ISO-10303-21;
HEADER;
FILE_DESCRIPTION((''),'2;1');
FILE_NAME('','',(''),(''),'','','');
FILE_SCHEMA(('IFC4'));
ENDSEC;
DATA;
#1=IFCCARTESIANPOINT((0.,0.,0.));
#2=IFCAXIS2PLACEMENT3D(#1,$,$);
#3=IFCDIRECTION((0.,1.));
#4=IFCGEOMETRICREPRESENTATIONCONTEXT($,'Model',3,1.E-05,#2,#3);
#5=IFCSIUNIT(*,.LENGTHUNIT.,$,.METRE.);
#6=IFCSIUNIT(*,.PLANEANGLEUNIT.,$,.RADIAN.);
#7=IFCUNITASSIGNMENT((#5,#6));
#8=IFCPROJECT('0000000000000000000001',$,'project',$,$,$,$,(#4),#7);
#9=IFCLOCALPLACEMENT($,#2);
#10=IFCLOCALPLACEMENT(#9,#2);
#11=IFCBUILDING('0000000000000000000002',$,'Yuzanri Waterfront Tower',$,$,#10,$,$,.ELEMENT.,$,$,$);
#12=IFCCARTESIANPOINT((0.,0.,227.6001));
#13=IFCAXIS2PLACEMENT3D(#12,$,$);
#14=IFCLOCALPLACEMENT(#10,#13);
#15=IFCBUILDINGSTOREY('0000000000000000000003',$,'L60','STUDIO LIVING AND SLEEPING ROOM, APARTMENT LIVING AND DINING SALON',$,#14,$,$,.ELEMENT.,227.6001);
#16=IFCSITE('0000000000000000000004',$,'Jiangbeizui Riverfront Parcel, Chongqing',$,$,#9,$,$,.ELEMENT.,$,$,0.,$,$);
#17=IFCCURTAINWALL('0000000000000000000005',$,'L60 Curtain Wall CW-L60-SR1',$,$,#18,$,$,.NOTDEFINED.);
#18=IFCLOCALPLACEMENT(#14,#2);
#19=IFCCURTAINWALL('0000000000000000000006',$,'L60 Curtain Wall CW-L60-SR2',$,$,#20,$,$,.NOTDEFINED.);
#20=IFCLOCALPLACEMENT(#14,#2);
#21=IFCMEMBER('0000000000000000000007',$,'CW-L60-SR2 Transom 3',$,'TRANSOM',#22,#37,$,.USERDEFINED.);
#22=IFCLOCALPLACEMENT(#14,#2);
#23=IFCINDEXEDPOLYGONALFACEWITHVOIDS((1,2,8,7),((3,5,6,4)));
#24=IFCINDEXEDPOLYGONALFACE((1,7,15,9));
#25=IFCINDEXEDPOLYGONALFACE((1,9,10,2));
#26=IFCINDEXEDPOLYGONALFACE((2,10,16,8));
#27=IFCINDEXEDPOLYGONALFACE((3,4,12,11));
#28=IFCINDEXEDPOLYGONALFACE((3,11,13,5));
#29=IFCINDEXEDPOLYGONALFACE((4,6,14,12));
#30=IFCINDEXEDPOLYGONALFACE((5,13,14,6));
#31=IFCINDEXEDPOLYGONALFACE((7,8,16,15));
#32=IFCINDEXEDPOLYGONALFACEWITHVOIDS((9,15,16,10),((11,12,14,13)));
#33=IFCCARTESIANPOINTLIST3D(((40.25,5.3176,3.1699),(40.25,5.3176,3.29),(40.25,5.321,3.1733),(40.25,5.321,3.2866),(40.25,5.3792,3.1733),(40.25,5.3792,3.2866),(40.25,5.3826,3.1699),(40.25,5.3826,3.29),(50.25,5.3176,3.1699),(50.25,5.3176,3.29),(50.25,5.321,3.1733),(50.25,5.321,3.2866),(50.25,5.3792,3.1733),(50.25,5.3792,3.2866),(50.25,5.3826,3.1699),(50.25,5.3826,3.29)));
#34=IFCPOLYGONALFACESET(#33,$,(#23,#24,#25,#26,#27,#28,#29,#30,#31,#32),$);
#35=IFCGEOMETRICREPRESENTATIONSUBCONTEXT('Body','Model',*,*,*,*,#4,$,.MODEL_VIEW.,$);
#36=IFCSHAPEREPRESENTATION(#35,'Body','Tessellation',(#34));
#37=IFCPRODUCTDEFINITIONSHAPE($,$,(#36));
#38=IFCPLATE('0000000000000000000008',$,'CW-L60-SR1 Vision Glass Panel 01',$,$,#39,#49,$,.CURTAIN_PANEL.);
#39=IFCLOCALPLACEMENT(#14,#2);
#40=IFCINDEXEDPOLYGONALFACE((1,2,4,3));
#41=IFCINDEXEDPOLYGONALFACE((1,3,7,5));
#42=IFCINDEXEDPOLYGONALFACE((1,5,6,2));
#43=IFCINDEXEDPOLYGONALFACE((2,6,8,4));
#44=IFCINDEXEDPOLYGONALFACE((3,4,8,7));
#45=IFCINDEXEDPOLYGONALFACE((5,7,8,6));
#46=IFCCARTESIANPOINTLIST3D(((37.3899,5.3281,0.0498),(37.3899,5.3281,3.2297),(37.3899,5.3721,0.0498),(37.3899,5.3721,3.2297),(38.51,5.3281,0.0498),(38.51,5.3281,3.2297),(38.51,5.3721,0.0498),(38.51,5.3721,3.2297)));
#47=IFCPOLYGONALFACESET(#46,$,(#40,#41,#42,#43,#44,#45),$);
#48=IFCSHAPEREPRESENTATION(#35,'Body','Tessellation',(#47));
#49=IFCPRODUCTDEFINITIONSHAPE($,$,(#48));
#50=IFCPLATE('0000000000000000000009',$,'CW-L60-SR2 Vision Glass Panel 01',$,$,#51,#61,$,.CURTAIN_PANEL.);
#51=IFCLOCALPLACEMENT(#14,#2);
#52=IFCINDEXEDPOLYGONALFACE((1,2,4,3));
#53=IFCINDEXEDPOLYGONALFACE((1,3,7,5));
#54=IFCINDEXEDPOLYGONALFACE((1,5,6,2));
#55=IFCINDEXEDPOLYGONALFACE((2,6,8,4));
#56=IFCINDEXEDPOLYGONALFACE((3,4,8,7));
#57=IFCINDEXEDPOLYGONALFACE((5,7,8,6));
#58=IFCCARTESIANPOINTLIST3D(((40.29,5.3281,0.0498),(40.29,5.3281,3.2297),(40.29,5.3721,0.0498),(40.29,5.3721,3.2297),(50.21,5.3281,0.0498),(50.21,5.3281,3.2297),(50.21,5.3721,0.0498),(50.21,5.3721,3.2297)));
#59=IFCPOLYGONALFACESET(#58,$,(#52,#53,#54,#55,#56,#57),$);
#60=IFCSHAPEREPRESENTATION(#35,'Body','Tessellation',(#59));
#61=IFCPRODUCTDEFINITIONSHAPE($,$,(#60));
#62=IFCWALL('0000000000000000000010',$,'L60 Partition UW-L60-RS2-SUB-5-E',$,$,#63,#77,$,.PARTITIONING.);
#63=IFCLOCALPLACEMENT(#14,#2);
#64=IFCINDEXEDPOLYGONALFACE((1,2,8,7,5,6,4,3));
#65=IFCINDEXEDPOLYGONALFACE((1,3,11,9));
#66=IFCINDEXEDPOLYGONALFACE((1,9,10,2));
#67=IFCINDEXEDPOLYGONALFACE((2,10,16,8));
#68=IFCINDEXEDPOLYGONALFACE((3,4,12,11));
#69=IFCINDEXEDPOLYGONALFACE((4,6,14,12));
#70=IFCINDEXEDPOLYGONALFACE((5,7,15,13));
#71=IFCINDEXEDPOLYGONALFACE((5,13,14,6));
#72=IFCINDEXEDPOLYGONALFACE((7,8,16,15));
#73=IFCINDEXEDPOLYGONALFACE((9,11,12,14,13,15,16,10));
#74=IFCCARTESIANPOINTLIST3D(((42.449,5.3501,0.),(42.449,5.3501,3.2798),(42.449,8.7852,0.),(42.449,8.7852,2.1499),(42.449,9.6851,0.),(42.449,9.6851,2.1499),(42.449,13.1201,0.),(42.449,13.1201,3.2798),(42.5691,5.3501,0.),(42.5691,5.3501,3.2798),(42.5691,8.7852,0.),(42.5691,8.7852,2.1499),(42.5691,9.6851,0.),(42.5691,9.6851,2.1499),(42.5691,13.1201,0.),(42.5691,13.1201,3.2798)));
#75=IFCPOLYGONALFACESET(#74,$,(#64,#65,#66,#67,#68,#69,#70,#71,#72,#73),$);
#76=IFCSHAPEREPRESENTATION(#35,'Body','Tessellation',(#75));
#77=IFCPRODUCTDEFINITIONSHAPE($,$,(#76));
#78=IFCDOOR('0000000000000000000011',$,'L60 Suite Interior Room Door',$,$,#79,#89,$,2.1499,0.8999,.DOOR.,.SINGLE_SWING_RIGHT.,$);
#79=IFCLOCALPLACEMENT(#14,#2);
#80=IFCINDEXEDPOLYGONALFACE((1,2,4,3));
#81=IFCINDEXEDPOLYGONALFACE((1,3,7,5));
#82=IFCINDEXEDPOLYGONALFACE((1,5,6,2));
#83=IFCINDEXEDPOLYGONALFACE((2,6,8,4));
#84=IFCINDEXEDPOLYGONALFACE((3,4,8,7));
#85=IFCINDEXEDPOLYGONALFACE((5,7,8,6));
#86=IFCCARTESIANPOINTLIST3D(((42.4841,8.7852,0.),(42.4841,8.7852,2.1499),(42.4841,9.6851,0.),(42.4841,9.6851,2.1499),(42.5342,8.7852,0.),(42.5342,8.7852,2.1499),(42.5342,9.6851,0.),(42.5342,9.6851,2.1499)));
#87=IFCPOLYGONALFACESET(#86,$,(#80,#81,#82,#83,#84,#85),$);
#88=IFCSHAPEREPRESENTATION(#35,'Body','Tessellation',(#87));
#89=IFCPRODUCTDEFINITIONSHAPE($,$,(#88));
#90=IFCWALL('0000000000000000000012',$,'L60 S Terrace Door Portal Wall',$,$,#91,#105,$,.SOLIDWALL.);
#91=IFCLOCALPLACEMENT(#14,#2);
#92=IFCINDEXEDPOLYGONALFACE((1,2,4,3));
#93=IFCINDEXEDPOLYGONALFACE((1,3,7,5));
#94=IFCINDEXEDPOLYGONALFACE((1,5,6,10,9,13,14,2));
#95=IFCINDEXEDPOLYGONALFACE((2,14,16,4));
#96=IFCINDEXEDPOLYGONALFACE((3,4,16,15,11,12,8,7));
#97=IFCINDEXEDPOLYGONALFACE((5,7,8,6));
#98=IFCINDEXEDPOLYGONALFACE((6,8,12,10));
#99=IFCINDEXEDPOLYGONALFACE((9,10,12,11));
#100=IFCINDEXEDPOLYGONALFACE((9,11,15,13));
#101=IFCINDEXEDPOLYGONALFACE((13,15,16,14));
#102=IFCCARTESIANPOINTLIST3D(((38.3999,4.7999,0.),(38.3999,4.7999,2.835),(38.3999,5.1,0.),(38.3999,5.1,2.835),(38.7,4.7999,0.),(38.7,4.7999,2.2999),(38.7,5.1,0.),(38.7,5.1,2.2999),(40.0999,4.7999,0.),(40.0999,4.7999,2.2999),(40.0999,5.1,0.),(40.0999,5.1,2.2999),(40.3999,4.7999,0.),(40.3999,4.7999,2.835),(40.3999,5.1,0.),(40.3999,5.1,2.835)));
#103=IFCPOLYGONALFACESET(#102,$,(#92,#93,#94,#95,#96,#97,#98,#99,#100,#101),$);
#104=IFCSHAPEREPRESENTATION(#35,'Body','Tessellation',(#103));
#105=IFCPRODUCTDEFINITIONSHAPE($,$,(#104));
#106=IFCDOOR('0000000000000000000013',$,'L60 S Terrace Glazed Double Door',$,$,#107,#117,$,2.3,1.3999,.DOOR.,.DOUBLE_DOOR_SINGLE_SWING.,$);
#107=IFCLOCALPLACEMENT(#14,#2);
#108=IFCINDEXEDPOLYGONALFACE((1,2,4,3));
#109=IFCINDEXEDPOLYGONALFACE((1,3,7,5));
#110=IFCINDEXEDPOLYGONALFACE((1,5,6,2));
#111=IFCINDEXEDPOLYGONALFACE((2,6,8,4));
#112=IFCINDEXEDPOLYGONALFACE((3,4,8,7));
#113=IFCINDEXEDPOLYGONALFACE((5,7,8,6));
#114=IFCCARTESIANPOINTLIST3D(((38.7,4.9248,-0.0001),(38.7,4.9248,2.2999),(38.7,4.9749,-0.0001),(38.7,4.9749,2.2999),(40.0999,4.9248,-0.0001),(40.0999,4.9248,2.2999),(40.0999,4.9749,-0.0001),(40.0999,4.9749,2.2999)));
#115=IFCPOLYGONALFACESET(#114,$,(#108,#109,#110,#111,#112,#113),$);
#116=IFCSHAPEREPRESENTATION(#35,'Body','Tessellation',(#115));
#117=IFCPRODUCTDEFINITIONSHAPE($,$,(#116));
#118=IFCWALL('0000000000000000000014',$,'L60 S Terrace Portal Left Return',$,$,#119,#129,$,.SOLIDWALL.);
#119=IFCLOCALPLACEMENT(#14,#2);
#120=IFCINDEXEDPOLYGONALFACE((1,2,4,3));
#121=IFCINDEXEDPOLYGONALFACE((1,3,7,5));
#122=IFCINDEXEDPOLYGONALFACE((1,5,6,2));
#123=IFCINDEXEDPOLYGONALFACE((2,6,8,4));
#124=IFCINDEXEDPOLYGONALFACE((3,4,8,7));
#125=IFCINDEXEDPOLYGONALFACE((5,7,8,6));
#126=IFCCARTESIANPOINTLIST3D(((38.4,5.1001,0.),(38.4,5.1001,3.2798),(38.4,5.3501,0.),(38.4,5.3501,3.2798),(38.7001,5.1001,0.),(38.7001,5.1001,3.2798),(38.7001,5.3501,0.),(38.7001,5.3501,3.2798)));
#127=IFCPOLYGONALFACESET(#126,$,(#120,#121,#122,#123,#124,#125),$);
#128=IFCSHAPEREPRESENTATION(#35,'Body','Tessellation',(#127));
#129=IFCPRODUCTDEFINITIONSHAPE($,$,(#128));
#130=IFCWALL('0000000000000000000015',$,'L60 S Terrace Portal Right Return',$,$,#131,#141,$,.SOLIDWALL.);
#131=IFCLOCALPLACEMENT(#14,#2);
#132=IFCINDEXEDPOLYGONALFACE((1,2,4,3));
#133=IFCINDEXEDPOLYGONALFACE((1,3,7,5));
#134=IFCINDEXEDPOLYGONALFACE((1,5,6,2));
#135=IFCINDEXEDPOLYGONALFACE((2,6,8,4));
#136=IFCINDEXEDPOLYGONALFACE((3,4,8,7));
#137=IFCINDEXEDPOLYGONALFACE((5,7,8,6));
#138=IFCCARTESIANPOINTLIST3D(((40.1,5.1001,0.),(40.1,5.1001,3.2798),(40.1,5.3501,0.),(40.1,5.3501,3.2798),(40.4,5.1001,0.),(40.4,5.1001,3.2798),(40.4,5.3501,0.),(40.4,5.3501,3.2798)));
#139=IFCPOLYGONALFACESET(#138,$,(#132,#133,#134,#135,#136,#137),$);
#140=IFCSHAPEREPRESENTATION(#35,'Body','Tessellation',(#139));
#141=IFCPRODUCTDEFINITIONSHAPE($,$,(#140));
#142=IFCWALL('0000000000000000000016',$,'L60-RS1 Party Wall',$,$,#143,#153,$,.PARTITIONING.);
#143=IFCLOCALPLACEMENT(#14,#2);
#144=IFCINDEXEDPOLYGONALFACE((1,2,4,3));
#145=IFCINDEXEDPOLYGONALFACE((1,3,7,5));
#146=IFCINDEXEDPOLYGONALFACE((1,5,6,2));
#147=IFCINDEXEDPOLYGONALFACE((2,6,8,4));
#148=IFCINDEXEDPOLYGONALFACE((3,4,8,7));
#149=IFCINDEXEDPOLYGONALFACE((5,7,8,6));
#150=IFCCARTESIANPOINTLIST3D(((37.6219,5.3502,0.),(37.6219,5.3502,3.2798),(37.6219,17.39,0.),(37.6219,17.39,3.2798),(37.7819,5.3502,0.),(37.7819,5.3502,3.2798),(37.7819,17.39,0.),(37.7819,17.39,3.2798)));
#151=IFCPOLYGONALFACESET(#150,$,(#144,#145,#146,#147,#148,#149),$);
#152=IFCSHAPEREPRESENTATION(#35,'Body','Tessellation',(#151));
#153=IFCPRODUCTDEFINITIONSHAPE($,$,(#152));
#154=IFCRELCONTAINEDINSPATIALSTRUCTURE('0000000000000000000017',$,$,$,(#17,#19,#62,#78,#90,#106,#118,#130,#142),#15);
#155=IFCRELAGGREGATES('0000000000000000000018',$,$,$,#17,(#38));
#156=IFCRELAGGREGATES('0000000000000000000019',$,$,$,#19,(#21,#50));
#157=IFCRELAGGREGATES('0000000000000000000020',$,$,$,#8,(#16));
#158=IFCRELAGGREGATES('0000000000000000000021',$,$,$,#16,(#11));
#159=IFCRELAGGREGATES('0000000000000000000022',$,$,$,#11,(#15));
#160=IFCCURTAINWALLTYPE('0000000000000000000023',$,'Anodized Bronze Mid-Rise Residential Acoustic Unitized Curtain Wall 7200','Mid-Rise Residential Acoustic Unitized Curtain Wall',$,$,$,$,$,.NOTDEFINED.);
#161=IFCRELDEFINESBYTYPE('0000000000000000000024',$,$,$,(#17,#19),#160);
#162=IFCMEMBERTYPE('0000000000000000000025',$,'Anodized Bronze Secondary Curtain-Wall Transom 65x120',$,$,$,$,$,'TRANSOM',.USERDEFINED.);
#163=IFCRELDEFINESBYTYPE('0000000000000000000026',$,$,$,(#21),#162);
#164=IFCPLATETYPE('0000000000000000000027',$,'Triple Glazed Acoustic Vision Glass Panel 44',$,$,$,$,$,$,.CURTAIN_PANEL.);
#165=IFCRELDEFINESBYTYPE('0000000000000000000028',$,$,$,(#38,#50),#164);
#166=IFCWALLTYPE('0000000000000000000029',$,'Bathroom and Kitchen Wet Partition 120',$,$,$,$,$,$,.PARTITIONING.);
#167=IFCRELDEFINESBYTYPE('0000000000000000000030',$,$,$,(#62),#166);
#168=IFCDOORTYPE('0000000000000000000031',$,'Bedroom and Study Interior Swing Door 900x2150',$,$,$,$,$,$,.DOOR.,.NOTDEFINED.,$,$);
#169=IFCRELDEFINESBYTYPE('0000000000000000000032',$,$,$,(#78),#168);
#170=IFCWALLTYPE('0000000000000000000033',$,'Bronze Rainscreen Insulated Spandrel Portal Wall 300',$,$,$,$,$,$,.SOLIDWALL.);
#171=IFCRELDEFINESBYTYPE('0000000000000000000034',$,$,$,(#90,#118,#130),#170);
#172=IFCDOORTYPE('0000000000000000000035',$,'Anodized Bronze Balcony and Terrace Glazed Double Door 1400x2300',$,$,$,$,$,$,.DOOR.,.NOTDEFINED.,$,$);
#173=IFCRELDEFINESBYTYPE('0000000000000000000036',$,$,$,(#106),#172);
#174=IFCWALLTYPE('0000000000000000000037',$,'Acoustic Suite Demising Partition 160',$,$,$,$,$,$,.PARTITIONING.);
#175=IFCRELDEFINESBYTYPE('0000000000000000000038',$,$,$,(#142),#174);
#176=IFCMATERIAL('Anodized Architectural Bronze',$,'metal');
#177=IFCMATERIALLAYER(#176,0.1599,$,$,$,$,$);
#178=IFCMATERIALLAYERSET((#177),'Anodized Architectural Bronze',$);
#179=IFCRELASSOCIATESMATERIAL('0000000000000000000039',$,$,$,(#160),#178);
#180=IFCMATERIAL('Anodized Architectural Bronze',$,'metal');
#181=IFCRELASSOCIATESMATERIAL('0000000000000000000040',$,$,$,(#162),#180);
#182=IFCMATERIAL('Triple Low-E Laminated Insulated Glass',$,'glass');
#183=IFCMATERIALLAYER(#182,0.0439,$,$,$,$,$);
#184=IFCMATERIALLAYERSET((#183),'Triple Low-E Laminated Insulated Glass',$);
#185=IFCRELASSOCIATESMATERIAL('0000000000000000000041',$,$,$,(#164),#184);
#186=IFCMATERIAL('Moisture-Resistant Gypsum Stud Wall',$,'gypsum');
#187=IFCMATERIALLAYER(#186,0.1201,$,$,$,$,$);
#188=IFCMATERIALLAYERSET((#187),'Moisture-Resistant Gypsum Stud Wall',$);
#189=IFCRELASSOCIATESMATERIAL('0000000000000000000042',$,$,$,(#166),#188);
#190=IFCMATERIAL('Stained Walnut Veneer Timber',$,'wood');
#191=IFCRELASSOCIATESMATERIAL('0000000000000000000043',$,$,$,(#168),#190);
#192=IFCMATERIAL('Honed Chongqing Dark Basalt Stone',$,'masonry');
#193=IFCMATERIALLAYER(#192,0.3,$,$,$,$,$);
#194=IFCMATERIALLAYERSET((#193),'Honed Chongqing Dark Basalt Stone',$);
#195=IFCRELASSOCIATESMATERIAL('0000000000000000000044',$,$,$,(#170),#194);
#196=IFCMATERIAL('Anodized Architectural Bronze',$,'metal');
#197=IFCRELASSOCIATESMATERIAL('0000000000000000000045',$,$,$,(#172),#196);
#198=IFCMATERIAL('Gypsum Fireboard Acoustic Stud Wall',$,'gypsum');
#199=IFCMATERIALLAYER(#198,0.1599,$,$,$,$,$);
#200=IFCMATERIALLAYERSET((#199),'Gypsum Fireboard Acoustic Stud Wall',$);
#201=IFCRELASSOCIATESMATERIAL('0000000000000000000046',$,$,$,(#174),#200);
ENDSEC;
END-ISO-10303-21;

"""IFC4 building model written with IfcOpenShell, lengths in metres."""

from ifc_helpers import new_model, si_unit, direction, frame, frame_2d, origin, origin_2d, place, context, subcontext, project, spatial, rectangle, hollow_rectangle, extrude, source, transform, mapped, material, layer, layer_set, material_profile, profile_set, type_object, element, fill, aggregate, save


model = new_model("IFC4")

# Units and contexts
model_context = context("Model", 3, precision=1e-05, world=origin(), true_north=direction((0.0, 1.0)))
body_context = subcontext(model_context, "Body", "Model", "MODEL_VIEW")
ifc_project = project(units=[si_unit("LENGTHUNIT", "METRE"), si_unit("PLANEANGLEUNIT", "RADIAN")], contexts=[model_context])

# Site, building, storey
site_placement = place(None, origin())
site = spatial("IfcSite", under=ifc_project, at=site_placement, Name="Jiangbeizui Riverfront Parcel, Chongqing", CompositionType="ELEMENT", RefElevation=0.0)
building_placement = place(site_placement, origin())
building = spatial("IfcBuilding", under=site, at=building_placement, Name="Yuzanri Waterfront Tower", CompositionType="ELEMENT")
storey_placement = place(building_placement, frame((0.0, 0.0, 227.6001)))
storey = spatial("IfcBuildingStorey", under=building, at=storey_placement, Name="L60", Description="STUDIO LIVING AND SLEEPING ROOM, APARTMENT LIVING AND DINING SALON", CompositionType="ELEMENT", Elevation=227.6001)

# Curtain walls
ifc_material_1 = material(Name="Anodized Architectural Bronze", Category="metal")
ifc_layer_1 = layer(ifc_material_1, 0.1599)
ifc_layer_set_1 = layer_set([ifc_layer_1], Name="Anodized Architectural Bronze")
curtain_wall_type = type_object("IfcCurtainWallType", Name="Anodized Bronze Mid-Rise Residential Acoustic Unitized Curtain Wall 7200", Description="Mid-Rise Residential Acoustic Unitized Curtain Wall", PredefinedType="NOTDEFINED", material=ifc_layer_set_1)
curtain_wall_1_placement = place(storey_placement, origin())
curtain_wall_1 = element("IfcCurtainWall", 1, at=curtain_wall_1_placement, inside=storey, type_object=curtain_wall_type, Name="L60 Curtain Wall CW-L60-SR1", PredefinedType="NOTDEFINED")
curtain_wall_2_placement = place(storey_placement, origin())
curtain_wall_2 = element("IfcCurtainWall", 2, at=curtain_wall_2_placement, inside=storey, type_object=curtain_wall_type, Name="L60 Curtain Wall CW-L60-SR2", PredefinedType="NOTDEFINED")

# Member
ifc_material_2 = material(Name="Anodized Architectural Bronze", Category="metal")
ifc_material_profile_1 = material_profile(ifc_material_2, hollow_rectangle(XDim=0.0649, YDim=0.1201, WallThickness=0.0034, at=origin_2d()), Name="CWT 65x120")
ifc_profile_set_1 = profile_set([ifc_material_profile_1], Name="Anodized Architectural Bronze")
member_type_1 = type_object("IfcMemberType", Name="Anodized Bronze Secondary Curtain-Wall Transom 65x120", ElementType="TRANSOM", PredefinedType="USERDEFINED", material=ifc_profile_set_1)
shared_shape_1 = source(origin(), body_context, "Body", "SweptSolid", [
    extrude(hollow_rectangle(XDim=0.0649, YDim=0.1201, WallThickness=0.0034, at=origin_2d()), origin(), (0.0, 0.0, 1.0), 10.0),
])
member_1_placement = place(storey_placement, frame((40.25, 5.3501, 3.23), z_axis=(1.0, 0.0, 0.0), x_axis=(0.0, 1.0, 0.0)))
member_1 = element("IfcMember", 3, at=member_1_placement, type_object=member_type_1, Name="CW-L60-SR2 Transom 3", ObjectType="TRANSOM", PredefinedType="USERDEFINED", context=body_context, shape_type="MappedRepresentation", body=[
    mapped(shared_shape_1, transform((0.0, 0.0, 0.0), scale=1.0)),
])

# Plates
ifc_material_3 = material(Name="Triple Low-E Laminated Insulated Glass", Category="glass")
ifc_layer_2 = layer(ifc_material_3, 0.0439)
ifc_layer_set_2 = layer_set([ifc_layer_2], Name="Triple Low-E Laminated Insulated Glass")
plate_type = type_object("IfcPlateType", Name="Triple Glazed Acoustic Vision Glass Panel 44", PredefinedType="CURTAIN_PANEL", material=ifc_layer_set_2)
shared_shape_2 = source(origin(), body_context, "Body", "SweptSolid", [
    extrude(rectangle(XDim=1.1201, YDim=0.0439, at=origin_2d()), origin(), (0.0, 0.0, 1.0), 3.1799),
])
plate_1_placement = place(storey_placement, frame((37.95, 5.3501, 0.0498), z_axis=(0.0, 0.0, 1.0), x_axis=(1.0, 0.0, 0.0)))
plate_1 = element("IfcPlate", 4, at=plate_1_placement, type_object=plate_type, Name="CW-L60-SR1 Vision Glass Panel 01", PredefinedType="CURTAIN_PANEL", context=body_context, shape_type="MappedRepresentation", body=[
    mapped(shared_shape_2, transform((0.0, 0.0, 0.0), scale=1.0)),
])
aggregate(curtain_wall_1, [plate_1])
shared_shape_3 = source(origin(), body_context, "Body", "SweptSolid", [
    extrude(rectangle(XDim=9.9199, YDim=0.0439, at=origin_2d()), origin(), (0.0, 0.0, 1.0), 3.1799),
])
plate_2_placement = place(storey_placement, frame((45.25, 5.3501, 0.0498), z_axis=(0.0, 0.0, 1.0), x_axis=(1.0, 0.0, 0.0)))
plate_2 = element("IfcPlate", 5, at=plate_2_placement, type_object=plate_type, Name="CW-L60-SR2 Vision Glass Panel 01", PredefinedType="CURTAIN_PANEL", context=body_context, shape_type="MappedRepresentation", body=[
    mapped(shared_shape_3, transform((0.0, 0.0, 0.0), scale=1.0)),
])
aggregate(curtain_wall_2, [member_1, plate_2])

# Walls, openings, doors
ifc_material_4 = material(Name="Moisture-Resistant Gypsum Stud Wall", Category="gypsum")
ifc_layer_3 = layer(ifc_material_4, 0.1201)
ifc_layer_set_3 = layer_set([ifc_layer_3], Name="Moisture-Resistant Gypsum Stud Wall")
wall_type_1 = type_object("IfcWallType", Name="Bathroom and Kitchen Wet Partition 120", PredefinedType="PARTITIONING", material=ifc_layer_set_3)
wall_1_placement = place(storey_placement, frame((42.509, 5.3501, 0.0), z_axis=(0.0, 0.0, 1.0), x_axis=(0.0, 1.0, 0.0)))
wall_1 = element("IfcWall", 6, at=wall_1_placement, inside=storey, type_object=wall_type_1, Name="L60 Partition UW-L60-RS2-SUB-5-E", PredefinedType="PARTITIONING", context=body_context, shape_type="SweptSolid", body=[
    extrude(rectangle(XDim=7.77, YDim=0.1201, at=frame_2d((3.885, 0.0))), origin(), (0.0, 0.0, 1.0), 3.2798),
])
opening_1_placement = place(wall_1_placement, frame((3.4351, 0.0, 0.0)))
opening_1 = element("IfcOpeningElement", 7, at=opening_1_placement, cuts=wall_1, PredefinedType="OPENING", context=body_context, shape_type="SweptSolid", body=[
    extrude(rectangle(XDim=0.8999, YDim=2.1499, at=frame_2d((0.45, 1.075))), frame((0.0, 0.075, 0.0), z_axis=(0.0, -1.0, 0.0), x_axis=(1.0, 0.0, 0.0)), (0.0, 0.0, 1.0), 0.1499),
])
ifc_material_5 = material(Name="Stained Walnut Veneer Timber", Category="wood")
door_type_1 = type_object("IfcDoorType", Name="Bedroom and Study Interior Swing Door 900x2150", OperationType="NOTDEFINED", PredefinedType="DOOR", material=ifc_material_5)
shared_shape_4 = source(origin(), body_context, "Body", "SweptSolid", [
    extrude(rectangle(XDim=0.8999, YDim=2.1499, at=frame_2d((0.45, 1.075))), frame((0.0, 0.0249, 0.0), z_axis=(0.0, -1.0, 0.0), x_axis=(1.0, 0.0, 0.0)), (0.0, 0.0, 1.0), 0.05),
])
door_1_placement = place(opening_1_placement, origin())
door_1 = element("IfcDoor", 8, at=door_1_placement, inside=storey, type_object=door_type_1, Name="L60 Suite Interior Room Door", OperationType="SINGLE_SWING_RIGHT", OverallHeight=2.1499, OverallWidth=0.8999, PredefinedType="DOOR", context=body_context, shape_type="MappedRepresentation", body=[
    mapped(shared_shape_4, transform((0.0, 0.0, 0.0), scale=1.0)),
])
fill(opening_1, door_1)
ifc_material_6 = material(Name="Honed Chongqing Dark Basalt Stone", Category="masonry")
ifc_layer_4 = layer(ifc_material_6, 0.3)
ifc_layer_set_4 = layer_set([ifc_layer_4], Name="Honed Chongqing Dark Basalt Stone")
wall_type_2 = type_object("IfcWallType", Name="Bronze Rainscreen Insulated Spandrel Portal Wall 300", PredefinedType="SOLIDWALL", material=ifc_layer_set_4)
wall_2_placement = place(storey_placement, frame((38.3999, 4.95, 0.0), z_axis=(0.0, 0.0, 1.0), x_axis=(1.0, 0.0, 0.0)))
wall_2 = element("IfcWall", 9, at=wall_2_placement, inside=storey, type_object=wall_type_2, Name="L60 S Terrace Door Portal Wall", PredefinedType="SOLIDWALL", context=body_context, shape_type="SweptSolid", body=[
    extrude(rectangle(XDim=2.0, YDim=0.3, at=frame_2d((1.0, 0.0))), origin(), (0.0, 0.0, 1.0), 2.835),
])
opening_2_placement = place(wall_2_placement, frame((0.3, 0.0, 0.0)))
opening_2 = element("IfcOpeningElement", 10, at=opening_2_placement, cuts=wall_2, PredefinedType="OPENING", context=body_context, shape_type="SweptSolid", body=[
    extrude(rectangle(XDim=1.3999, YDim=2.3, at=frame_2d((0.7, 1.1499))), frame((0.0, 0.165, 0.0), z_axis=(0.0, -1.0, 0.0), x_axis=(1.0, 0.0, 0.0)), (0.0, 0.0, 1.0), 0.3298),
])
ifc_material_7 = material(Name="Anodized Architectural Bronze", Category="metal")
door_type_2 = type_object("IfcDoorType", Name="Anodized Bronze Balcony and Terrace Glazed Double Door 1400x2300", OperationType="NOTDEFINED", PredefinedType="DOOR", material=ifc_material_7)
shared_shape_5 = source(origin(), body_context, "Body", "SweptSolid", [
    extrude(rectangle(XDim=1.3999, YDim=2.3, at=frame_2d((0.7, 1.1499))), frame((0.0, 0.0249, 0.0), z_axis=(0.0, -1.0, 0.0), x_axis=(1.0, 0.0, 0.0)), (0.0, 0.0, 1.0), 0.05),
])
door_2_placement = place(opening_2_placement, origin())
door_2 = element("IfcDoor", 11, at=door_2_placement, inside=storey, type_object=door_type_2, Name="L60 S Terrace Glazed Double Door", OperationType="DOUBLE_DOOR_SINGLE_SWING", OverallHeight=2.3, OverallWidth=1.3999, PredefinedType="DOOR", context=body_context, shape_type="MappedRepresentation", body=[
    mapped(shared_shape_5, transform((0.0, 0.0, 0.0), scale=1.0)),
])
fill(opening_2, door_2)

# Walls
shared_shape_6 = source(origin(), body_context, "Body", "SweptSolid", [
    extrude(rectangle(XDim=0.25, YDim=0.3, at=frame_2d((0.125, 0.0))), origin(), (0.0, 0.0, 1.0), 3.2798),
])
for number, where, z_axis, x_axis, name in (
    (12, (38.55, 5.3501, 0.0), (0.0, 0.0, 1.0), (0.0, -1.0, 0.0), "L60 S Terrace Portal Left Return"),
    (13, (40.25, 5.1001, 0.0), (0.0, 0.0, 1.0), (0.0, 1.0, 0.0), "L60 S Terrace Portal Right Return"),
):
    element("IfcWall", number, at=place(storey_placement, frame(where, z_axis=z_axis, x_axis=x_axis)), inside=storey, type_object=wall_type_2, Name=name, PredefinedType="SOLIDWALL", context=body_context, shape_type="MappedRepresentation", body=[
        mapped(shared_shape_6, transform((0.0, 0.0, 0.0), scale=1.0)),
    ])
ifc_material_8 = material(Name="Gypsum Fireboard Acoustic Stud Wall", Category="gypsum")
ifc_layer_5 = layer(ifc_material_8, 0.1599)
ifc_layer_set_5 = layer_set([ifc_layer_5], Name="Gypsum Fireboard Acoustic Stud Wall")
wall_type_3 = type_object("IfcWallType", Name="Acoustic Suite Demising Partition 160", PredefinedType="PARTITIONING", material=ifc_layer_set_5)
shared_shape_7 = source(origin(), body_context, "Body", "SweptSolid", [
    extrude(rectangle(XDim=12.0398, YDim=0.1599, at=frame_2d((6.02, 0.0))), origin(), (0.0, 0.0, 1.0), 3.2798),
])
wall_3_placement = place(storey_placement, frame((37.7019, 5.3501, 0.0), z_axis=(0.0, 0.0, 1.0), x_axis=(0.0, 1.0, 0.0)))
element("IfcWall", 14, at=wall_3_placement, inside=storey, type_object=wall_type_3, Name="L60-RS1 Party Wall", PredefinedType="PARTITIONING", context=body_context, shape_type="MappedRepresentation", body=[
    mapped(shared_shape_7, transform((0.0, 0.0, 0.0), scale=1.0)),
])

save(model, "model.ifc")
